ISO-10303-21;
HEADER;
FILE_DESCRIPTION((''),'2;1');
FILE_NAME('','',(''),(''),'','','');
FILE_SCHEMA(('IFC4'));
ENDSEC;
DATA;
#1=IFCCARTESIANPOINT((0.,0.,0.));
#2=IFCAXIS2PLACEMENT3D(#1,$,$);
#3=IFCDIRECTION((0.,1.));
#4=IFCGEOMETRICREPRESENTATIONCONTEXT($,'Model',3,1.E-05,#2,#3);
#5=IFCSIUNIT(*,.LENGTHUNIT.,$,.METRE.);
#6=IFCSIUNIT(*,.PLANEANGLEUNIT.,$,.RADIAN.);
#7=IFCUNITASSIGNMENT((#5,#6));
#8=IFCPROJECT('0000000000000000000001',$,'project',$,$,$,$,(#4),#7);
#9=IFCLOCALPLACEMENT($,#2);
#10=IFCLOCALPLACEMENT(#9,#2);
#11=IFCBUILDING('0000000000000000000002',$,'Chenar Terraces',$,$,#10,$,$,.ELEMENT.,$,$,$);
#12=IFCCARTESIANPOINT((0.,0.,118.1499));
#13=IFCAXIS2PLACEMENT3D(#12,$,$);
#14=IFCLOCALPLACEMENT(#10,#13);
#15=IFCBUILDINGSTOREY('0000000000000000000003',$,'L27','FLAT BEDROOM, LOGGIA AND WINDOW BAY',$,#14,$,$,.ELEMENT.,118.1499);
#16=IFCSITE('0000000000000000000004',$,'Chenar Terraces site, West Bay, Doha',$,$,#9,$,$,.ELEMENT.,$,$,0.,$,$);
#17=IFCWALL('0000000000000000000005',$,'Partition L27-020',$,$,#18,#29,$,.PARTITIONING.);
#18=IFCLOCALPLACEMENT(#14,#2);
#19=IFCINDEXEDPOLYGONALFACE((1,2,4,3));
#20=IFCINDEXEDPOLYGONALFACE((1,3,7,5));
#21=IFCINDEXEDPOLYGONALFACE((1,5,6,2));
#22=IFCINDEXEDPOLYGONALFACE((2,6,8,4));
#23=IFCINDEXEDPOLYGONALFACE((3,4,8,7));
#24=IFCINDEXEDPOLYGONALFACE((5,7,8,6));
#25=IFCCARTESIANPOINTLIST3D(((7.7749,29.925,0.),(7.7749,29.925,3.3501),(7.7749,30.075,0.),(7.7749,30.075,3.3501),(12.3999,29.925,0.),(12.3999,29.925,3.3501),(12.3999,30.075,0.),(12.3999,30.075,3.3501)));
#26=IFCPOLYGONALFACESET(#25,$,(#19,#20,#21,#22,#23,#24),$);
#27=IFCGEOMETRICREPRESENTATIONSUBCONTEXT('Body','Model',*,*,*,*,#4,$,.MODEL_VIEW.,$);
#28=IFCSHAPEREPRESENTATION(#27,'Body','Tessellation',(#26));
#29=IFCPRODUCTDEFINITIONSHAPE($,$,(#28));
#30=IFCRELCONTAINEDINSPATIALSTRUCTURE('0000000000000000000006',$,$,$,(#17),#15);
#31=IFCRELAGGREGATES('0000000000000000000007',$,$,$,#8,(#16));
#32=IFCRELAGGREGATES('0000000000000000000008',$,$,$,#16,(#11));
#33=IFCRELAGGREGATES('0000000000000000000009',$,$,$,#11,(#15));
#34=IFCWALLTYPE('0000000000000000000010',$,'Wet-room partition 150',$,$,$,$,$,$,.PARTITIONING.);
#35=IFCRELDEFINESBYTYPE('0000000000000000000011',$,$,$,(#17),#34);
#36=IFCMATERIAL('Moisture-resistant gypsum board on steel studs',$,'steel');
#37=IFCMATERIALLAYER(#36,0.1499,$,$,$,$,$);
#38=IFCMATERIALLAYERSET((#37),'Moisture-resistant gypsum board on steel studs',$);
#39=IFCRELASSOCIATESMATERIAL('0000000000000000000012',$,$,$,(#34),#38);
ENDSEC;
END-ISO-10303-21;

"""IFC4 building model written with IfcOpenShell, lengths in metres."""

from ifc_helpers import new_model, si_unit, direction, frame, frame_2d, origin, place, context, subcontext, project, spatial, rectangle, extrude, material, layer, layer_set, type_object, element, save


model = new_model("IFC4")

# Units and contexts
model_context = context("Model", 3, precision=1e-05, world=origin(), true_north=direction((0.0, 1.0)))
body_context = subcontext(model_context, "Body", "Model", "MODEL_VIEW")
ifc_project = project(units=[si_unit("LENGTHUNIT", "METRE"), si_unit("PLANEANGLEUNIT", "RADIAN")], contexts=[model_context])

# Site, building, storey
site_placement = place(None, origin())
site = spatial("IfcSite", under=ifc_project, at=site_placement, Name="Chenar Terraces site, West Bay, Doha", CompositionType="ELEMENT", RefElevation=0.0)
building_placement = place(site_placement, origin())
building = spatial("IfcBuilding", under=site, at=building_placement, Name="Chenar Terraces", CompositionType="ELEMENT")
storey_placement = place(building_placement, frame((0.0, 0.0, 118.1499)))
storey = spatial("IfcBuildingStorey", under=building, at=storey_placement, Name="L27", Description="FLAT BEDROOM, LOGGIA AND WINDOW BAY", CompositionType="ELEMENT", Elevation=118.1499)

# Wall
ifc_material_1 = material(Name="Moisture-resistant gypsum board on steel studs", Category="steel")
ifc_layer_1 = layer(ifc_material_1, 0.1499)
ifc_layer_set_1 = layer_set([ifc_layer_1], Name="Moisture-resistant gypsum board on steel studs")
wall_type_1 = type_object("IfcWallType", Name="Wet-room partition 150", PredefinedType="PARTITIONING", material=ifc_layer_set_1)
for number, where, z_axis, x_axis, name in (
    (1, (7.7749, 30.0, 0.0), (0.0, 0.0, 1.0), (1.0, 0.0, 0.0), "Partition L27-020"),
):
    element("IfcWall", number, at=place(storey_placement, frame(where, z_axis=z_axis, x_axis=x_axis)), inside=storey, type_object=wall_type_1, Name=name, PredefinedType="PARTITIONING", context=body_context, shape_type="SweptSolid", body=[
        extrude(rectangle(XDim=4.625, YDim=0.1499, at=frame_2d((2.3125, 0.0))), origin(), (0.0, 0.0, 1.0), 3.3501),
    ])

save(model, "model.ifc")
